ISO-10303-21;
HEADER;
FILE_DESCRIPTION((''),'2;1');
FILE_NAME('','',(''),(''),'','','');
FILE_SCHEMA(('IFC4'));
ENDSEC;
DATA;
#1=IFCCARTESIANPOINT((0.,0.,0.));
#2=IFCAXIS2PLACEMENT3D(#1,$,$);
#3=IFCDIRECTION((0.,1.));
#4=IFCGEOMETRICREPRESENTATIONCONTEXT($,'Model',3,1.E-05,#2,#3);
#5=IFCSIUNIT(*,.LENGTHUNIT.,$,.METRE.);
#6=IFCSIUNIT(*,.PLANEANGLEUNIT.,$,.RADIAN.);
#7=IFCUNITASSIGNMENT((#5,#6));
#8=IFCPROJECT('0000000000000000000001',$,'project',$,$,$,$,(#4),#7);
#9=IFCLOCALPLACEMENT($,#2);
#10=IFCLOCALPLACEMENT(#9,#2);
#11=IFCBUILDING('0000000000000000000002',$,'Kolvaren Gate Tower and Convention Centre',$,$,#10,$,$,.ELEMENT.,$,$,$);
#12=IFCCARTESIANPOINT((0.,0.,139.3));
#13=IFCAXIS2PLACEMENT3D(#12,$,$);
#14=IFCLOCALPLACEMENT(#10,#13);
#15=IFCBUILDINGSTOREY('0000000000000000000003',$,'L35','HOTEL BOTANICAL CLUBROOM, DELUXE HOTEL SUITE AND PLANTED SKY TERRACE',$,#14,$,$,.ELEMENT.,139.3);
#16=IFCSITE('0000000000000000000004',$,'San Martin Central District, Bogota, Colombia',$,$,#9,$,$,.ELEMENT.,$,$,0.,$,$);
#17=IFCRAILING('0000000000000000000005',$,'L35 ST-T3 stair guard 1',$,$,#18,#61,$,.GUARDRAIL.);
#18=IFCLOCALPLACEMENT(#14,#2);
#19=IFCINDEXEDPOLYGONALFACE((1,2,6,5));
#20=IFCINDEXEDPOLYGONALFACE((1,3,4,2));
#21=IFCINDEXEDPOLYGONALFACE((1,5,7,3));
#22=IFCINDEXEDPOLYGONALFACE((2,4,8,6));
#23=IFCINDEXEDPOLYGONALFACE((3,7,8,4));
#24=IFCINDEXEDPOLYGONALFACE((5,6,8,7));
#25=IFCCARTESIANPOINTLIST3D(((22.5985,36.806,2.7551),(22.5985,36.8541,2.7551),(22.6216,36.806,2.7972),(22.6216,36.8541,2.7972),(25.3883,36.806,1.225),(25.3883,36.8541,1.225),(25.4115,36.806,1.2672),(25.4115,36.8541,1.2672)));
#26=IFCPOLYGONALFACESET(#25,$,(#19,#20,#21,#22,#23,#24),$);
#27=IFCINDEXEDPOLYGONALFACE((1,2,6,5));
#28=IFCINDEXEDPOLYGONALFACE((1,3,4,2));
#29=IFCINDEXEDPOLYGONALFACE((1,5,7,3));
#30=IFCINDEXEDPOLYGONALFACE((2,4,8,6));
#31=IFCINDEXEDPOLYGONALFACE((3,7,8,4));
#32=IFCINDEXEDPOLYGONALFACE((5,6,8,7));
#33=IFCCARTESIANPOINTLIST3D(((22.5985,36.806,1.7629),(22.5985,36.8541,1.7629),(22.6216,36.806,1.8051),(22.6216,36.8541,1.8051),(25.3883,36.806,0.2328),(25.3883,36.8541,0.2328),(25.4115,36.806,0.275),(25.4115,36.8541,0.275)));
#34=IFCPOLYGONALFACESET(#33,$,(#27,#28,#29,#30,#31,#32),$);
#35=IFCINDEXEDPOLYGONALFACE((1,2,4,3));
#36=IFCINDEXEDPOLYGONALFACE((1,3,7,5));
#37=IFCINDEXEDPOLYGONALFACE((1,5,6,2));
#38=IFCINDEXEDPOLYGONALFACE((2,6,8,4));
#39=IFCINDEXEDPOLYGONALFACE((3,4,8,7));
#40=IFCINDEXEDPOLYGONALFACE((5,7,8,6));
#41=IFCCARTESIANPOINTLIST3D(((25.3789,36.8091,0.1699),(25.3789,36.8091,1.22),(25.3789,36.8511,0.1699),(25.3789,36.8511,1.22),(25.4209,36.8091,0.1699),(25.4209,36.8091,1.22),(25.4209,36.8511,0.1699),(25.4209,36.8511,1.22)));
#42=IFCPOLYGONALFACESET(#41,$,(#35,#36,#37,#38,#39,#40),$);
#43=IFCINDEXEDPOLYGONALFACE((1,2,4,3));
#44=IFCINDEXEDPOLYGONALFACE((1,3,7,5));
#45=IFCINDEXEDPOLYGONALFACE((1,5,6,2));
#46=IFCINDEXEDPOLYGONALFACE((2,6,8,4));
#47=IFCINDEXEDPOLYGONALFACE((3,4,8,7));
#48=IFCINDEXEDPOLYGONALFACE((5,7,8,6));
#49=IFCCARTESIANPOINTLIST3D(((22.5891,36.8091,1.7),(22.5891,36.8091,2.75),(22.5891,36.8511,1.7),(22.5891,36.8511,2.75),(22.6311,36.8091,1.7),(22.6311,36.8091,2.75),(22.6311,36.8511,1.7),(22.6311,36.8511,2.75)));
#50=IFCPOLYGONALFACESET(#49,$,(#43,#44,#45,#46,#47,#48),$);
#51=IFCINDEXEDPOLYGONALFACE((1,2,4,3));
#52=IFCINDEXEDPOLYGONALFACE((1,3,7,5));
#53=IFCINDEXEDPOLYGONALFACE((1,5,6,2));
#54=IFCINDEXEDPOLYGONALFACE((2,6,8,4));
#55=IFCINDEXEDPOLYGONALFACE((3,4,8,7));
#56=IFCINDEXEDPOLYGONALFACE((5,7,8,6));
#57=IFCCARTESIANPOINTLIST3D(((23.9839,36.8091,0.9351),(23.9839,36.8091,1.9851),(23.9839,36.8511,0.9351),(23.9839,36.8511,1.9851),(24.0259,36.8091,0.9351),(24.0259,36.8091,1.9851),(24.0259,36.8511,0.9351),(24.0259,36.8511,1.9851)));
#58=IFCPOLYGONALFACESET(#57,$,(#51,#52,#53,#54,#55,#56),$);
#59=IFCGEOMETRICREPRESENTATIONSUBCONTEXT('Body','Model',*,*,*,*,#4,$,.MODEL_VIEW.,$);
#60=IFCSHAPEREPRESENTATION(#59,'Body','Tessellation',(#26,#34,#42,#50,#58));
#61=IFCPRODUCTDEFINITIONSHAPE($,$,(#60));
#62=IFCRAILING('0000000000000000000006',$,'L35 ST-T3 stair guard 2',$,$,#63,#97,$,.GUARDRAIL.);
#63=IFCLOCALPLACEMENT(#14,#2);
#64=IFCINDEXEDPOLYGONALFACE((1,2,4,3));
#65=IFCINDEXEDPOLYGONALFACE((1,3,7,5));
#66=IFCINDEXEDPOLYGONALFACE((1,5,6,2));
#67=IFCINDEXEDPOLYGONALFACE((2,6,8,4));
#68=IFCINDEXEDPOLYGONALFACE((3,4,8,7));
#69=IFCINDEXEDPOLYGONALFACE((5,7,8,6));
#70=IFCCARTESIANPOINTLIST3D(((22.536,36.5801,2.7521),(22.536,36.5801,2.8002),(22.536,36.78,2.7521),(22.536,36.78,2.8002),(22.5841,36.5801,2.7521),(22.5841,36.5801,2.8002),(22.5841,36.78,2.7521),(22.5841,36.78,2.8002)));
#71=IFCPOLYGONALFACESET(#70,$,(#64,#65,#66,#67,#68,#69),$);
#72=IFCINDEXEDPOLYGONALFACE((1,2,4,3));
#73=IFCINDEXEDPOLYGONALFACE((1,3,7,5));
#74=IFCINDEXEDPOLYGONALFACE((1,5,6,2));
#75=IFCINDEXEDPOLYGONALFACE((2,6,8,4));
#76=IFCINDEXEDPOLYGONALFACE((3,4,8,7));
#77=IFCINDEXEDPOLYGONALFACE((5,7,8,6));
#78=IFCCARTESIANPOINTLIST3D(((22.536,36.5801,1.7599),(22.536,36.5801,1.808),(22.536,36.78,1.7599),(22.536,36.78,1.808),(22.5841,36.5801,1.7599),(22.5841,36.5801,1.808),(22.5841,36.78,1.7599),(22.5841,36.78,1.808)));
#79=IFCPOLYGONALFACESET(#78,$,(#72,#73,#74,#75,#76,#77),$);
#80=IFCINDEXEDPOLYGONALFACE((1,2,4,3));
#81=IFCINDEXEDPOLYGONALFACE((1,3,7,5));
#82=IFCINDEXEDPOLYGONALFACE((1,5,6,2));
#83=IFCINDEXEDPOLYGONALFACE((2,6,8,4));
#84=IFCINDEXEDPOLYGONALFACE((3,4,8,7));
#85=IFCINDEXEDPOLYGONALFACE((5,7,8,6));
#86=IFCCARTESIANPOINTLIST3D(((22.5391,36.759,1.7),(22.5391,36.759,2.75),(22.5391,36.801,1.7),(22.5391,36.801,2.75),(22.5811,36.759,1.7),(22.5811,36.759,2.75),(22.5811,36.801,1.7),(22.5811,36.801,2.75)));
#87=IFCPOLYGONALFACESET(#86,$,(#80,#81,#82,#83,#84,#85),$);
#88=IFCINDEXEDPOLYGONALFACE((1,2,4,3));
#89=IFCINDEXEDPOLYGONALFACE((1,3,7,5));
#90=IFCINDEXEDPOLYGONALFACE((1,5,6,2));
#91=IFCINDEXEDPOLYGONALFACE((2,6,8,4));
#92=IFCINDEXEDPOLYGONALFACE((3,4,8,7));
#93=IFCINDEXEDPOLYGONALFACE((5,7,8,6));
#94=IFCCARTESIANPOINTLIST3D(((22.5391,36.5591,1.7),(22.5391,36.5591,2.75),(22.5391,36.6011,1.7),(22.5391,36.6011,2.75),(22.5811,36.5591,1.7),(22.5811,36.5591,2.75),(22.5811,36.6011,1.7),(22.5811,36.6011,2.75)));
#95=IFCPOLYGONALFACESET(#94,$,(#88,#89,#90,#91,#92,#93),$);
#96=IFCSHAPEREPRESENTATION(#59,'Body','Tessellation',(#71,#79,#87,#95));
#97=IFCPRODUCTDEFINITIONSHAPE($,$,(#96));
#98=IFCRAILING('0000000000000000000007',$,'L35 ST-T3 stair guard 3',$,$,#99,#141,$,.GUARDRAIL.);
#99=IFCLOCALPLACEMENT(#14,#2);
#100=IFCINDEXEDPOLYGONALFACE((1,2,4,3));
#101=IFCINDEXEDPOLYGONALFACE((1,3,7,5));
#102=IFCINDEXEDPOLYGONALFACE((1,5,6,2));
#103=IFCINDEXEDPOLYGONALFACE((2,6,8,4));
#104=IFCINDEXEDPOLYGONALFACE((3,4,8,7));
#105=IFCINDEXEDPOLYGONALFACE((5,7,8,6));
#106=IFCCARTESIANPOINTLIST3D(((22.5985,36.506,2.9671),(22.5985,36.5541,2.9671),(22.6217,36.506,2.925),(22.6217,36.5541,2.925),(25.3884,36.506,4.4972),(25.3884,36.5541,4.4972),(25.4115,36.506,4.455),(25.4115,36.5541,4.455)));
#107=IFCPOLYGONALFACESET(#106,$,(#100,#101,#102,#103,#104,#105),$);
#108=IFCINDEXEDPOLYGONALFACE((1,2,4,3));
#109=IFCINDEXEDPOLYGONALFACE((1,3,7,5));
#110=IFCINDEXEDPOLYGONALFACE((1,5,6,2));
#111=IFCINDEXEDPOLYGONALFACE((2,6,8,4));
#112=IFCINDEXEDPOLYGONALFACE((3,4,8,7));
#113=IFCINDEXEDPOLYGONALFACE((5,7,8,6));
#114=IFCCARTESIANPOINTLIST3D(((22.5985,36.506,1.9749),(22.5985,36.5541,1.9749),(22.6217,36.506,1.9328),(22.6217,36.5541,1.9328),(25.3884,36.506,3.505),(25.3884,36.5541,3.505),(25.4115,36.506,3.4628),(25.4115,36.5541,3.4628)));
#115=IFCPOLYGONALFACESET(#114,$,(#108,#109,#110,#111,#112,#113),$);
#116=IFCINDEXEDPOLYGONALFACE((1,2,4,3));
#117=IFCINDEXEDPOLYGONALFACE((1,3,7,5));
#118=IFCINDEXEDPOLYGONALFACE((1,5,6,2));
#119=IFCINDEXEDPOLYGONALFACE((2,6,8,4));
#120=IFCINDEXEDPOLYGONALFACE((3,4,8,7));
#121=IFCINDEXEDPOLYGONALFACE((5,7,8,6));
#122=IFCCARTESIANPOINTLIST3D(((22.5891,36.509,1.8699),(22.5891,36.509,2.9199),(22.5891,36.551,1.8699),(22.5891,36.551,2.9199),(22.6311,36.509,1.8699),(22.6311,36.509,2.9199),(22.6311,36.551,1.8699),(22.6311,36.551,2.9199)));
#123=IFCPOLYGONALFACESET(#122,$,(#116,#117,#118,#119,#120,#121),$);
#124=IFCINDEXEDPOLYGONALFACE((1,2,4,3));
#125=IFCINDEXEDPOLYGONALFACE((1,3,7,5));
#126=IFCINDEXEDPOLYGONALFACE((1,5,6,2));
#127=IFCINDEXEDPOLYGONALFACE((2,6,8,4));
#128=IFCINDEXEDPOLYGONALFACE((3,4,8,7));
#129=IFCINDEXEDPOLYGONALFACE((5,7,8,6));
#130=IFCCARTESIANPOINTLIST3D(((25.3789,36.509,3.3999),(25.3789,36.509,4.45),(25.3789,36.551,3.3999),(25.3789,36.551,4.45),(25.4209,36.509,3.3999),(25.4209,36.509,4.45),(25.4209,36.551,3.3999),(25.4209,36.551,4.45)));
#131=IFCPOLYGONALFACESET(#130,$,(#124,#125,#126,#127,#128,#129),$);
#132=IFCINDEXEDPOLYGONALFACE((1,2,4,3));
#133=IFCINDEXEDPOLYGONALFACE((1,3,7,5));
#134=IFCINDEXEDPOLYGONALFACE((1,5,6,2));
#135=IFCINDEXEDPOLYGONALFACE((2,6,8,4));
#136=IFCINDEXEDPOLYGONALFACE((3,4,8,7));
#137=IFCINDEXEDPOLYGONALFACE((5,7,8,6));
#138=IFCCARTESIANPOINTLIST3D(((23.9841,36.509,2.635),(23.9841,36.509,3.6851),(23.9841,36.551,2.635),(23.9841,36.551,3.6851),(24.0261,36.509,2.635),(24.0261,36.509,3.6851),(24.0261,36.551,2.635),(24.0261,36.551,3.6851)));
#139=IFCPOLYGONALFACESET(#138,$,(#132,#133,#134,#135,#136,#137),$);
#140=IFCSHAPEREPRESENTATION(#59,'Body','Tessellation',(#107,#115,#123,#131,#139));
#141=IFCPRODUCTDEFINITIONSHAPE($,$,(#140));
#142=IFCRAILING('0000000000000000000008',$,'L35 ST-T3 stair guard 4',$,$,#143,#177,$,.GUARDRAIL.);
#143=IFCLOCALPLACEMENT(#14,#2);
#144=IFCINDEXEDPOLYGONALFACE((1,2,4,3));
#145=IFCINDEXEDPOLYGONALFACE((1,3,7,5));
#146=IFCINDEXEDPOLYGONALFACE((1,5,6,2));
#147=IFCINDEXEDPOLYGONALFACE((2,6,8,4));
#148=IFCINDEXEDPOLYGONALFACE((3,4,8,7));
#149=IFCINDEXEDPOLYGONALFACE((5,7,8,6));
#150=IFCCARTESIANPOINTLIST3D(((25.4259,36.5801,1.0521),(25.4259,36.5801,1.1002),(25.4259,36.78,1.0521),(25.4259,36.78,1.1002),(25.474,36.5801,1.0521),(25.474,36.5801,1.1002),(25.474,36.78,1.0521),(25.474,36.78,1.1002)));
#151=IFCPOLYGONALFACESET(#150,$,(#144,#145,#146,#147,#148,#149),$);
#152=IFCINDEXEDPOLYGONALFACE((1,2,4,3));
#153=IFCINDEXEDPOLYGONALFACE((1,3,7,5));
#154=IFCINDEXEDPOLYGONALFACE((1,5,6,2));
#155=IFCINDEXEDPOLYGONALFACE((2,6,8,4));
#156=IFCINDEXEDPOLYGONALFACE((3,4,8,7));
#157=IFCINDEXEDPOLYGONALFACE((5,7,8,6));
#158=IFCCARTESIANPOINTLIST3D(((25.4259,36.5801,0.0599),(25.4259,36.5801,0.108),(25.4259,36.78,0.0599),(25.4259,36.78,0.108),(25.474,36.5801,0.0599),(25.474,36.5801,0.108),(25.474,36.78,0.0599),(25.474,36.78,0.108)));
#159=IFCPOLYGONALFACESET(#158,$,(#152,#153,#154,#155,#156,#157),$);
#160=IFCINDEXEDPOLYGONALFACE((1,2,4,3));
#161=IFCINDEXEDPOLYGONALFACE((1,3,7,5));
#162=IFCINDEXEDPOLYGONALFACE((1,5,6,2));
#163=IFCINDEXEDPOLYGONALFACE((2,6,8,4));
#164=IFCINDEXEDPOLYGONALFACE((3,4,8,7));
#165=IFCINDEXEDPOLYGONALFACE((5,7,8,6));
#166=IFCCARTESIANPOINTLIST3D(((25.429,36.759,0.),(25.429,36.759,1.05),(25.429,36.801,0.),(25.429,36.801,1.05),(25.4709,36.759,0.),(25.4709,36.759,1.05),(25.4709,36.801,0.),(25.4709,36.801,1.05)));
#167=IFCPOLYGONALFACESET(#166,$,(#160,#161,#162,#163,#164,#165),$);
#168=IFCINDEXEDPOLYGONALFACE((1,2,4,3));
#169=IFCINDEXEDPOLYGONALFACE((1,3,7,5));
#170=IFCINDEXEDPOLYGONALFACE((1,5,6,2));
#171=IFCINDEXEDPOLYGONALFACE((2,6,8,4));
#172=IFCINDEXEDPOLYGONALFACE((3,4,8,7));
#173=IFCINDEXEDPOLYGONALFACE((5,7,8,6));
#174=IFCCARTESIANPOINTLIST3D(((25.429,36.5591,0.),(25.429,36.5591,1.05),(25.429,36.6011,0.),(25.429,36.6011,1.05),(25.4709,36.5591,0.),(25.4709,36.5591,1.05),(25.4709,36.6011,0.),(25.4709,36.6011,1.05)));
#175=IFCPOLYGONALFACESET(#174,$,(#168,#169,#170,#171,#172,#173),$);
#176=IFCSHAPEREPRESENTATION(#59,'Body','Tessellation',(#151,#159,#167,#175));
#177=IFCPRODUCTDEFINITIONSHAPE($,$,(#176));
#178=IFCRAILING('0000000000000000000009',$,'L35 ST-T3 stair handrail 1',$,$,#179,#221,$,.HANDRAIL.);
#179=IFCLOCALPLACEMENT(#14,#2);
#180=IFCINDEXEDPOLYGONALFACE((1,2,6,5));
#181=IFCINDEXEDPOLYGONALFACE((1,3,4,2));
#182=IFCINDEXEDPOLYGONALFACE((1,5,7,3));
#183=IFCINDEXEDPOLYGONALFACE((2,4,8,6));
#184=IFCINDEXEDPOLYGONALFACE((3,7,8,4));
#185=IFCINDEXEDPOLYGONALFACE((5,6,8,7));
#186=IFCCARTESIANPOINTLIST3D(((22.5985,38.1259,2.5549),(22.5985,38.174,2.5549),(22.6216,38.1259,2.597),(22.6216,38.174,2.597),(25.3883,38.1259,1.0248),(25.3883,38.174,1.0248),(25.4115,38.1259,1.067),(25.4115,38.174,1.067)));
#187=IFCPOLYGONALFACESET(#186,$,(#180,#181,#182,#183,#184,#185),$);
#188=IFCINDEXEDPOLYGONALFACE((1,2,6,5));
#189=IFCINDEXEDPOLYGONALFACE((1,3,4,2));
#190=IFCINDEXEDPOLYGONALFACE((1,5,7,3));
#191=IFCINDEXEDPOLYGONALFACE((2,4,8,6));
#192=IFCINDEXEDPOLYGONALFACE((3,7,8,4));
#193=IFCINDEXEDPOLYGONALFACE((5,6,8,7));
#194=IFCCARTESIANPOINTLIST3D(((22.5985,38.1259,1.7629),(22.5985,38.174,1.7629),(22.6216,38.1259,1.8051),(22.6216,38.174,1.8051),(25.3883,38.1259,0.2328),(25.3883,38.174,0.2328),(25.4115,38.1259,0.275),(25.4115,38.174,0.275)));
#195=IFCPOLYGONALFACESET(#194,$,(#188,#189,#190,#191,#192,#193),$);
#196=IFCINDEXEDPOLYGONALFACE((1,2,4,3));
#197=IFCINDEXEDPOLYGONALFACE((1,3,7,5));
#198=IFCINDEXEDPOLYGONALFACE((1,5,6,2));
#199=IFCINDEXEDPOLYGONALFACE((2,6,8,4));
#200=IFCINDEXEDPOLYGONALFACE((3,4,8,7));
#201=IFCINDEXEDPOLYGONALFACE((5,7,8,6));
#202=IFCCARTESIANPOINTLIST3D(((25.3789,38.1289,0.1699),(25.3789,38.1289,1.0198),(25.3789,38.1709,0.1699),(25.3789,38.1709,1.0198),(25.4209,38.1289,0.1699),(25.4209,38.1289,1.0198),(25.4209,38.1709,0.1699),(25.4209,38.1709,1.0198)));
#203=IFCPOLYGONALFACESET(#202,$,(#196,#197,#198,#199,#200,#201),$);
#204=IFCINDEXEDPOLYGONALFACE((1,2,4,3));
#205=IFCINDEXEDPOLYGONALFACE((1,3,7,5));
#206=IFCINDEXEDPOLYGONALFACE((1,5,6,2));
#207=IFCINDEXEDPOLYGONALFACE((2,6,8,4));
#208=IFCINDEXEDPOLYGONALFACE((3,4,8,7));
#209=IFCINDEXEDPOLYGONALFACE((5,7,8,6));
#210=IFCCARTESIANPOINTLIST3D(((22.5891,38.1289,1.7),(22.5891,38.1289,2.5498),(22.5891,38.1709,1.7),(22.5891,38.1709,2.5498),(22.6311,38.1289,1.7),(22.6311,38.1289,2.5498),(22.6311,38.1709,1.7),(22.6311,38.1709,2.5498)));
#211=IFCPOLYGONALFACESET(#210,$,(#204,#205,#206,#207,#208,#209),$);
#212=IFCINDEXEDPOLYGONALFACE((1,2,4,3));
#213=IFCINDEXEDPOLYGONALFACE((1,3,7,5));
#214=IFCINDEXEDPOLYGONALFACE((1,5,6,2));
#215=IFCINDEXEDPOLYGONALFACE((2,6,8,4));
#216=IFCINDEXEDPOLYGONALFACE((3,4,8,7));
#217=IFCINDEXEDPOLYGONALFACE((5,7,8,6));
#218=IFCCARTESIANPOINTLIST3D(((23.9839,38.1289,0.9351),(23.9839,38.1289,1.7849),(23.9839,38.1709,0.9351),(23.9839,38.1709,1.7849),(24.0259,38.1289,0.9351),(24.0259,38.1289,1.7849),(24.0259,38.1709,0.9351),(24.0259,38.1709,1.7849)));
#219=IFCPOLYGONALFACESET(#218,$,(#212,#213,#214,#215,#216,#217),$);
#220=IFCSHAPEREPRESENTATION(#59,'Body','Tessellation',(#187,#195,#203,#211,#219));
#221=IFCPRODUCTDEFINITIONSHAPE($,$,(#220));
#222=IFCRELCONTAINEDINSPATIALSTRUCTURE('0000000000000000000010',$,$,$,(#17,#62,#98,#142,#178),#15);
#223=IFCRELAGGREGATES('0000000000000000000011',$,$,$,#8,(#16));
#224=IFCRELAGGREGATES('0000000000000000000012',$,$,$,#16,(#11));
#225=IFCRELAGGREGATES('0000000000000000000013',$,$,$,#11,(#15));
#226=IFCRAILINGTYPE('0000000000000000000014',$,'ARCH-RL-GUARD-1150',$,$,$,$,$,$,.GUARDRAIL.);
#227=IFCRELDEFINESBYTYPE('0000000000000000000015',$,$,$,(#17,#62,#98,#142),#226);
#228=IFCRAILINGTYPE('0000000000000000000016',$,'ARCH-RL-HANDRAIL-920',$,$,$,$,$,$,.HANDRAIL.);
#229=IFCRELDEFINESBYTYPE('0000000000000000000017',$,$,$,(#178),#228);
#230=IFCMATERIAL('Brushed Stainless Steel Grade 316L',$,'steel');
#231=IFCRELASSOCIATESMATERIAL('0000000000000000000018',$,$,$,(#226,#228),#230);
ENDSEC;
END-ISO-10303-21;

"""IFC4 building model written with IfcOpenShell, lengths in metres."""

from ifc_helpers import new_model, si_unit, direction, frame, origin, origin_2d, place, context, subcontext, project, spatial, rectangle, extrude, material, type_object, element, save


model = new_model("IFC4")

# Units and contexts
model_context = context("Model", 3, precision=1e-05, world=origin(), true_north=direction((0.0, 1.0)))
body_context = subcontext(model_context, "Body", "Model", "MODEL_VIEW")
ifc_project = project(units=[si_unit("LENGTHUNIT", "METRE"), si_unit("PLANEANGLEUNIT", "RADIAN")], contexts=[model_context])

# Site, building, storey
site_placement = place(None, origin())
site = spatial("IfcSite", under=ifc_project, at=site_placement, Name="San Martin Central District, Bogota, Colombia", CompositionType="ELEMENT", RefElevation=0.0)
building_placement = place(site_placement, origin())
building = spatial("IfcBuilding", under=site, at=building_placement, Name="Kolvaren Gate Tower and Convention Centre", CompositionType="ELEMENT")
storey_placement = place(building_placement, frame((0.0, 0.0, 139.3)))
storey = spatial("IfcBuildingStorey", under=building, at=storey_placement, Name="L35", Description="HOTEL BOTANICAL CLUBROOM, DELUXE HOTEL SUITE AND PLANTED SKY TERRACE", CompositionType="ELEMENT", Elevation=139.3)

# Railings
ifc_material_1 = material(Name="Brushed Stainless Steel Grade 316L", Category="steel")
railing_type_1 = type_object("IfcRailingType", Name="ARCH-RL-GUARD-1150", PredefinedType="GUARDRAIL", material=ifc_material_1)
railing_1_placement = place(storey_placement, frame((25.3999, 36.8301, 0.1699)))
element("IfcRailing", 1, at=railing_1_placement, inside=storey, type_object=railing_type_1, Name="L35 ST-T3 stair guard 1", PredefinedType="GUARDRAIL", context=body_context, shape_type="SweptSolid", body=[
    extrude(rectangle(XDim=0.0481, YDim=0.0481, at=origin_2d()), frame((0.0, 0.0, 1.0762), z_axis=(-0.876794, 0.0, 0.480867), x_axis=(0.0, -1.0, 0.0)), (0.0, 0.0, 1.0), 3.1819),
    extrude(rectangle(XDim=0.0481, YDim=0.0481, at=origin_2d()), frame((0.0, 0.0, 0.084), z_axis=(-0.876794, 0.0, 0.480867), x_axis=(0.0, -1.0, 0.0)), (0.0, 0.0, 1.0), 3.1819),
    extrude(rectangle(XDim=0.042, YDim=0.042, at=origin_2d()), origin(), (0.0, 0.0, 1.0), 1.05),
    extrude(rectangle(XDim=0.042, YDim=0.042, at=origin_2d()), frame((-2.7898, 0.0, 1.53)), (0.0, 0.0, 1.0), 1.05),
    extrude(rectangle(XDim=0.042, YDim=0.042, at=origin_2d()), frame((-1.395, 0.0, 0.7651)), (0.0, 0.0, 1.0), 1.05),
])
railing_2_placement = place(storey_placement, frame((22.5601, 36.78, 1.7)))
element("IfcRailing", 2, at=railing_2_placement, inside=storey, type_object=railing_type_1, Name="L35 ST-T3 stair guard 2", PredefinedType="GUARDRAIL", context=body_context, shape_type="SweptSolid", body=[
    extrude(rectangle(XDim=0.0481, YDim=0.0481, at=origin_2d()), frame((0.0, 0.0, 1.0762), z_axis=(0.0, -1.0, 0.0), x_axis=(1.0, 0.0, 0.0)), (0.0, 0.0, 1.0), 0.2),
    extrude(rectangle(XDim=0.0481, YDim=0.0481, at=origin_2d()), frame((0.0, 0.0, 0.084), z_axis=(0.0, -1.0, 0.0), x_axis=(1.0, 0.0, 0.0)), (0.0, 0.0, 1.0), 0.2),
    extrude(rectangle(XDim=0.042, YDim=0.042, at=origin_2d()), origin(), (0.0, 0.0, 1.0), 1.05),
    extrude(rectangle(XDim=0.042, YDim=0.042, at=origin_2d()), frame((0.0, -0.2, 0.0)), (0.0, 0.0, 1.0), 1.05),
])
railing_3_placement = place(storey_placement, frame((22.6101, 36.53, 1.8699)))
element("IfcRailing", 3, at=railing_3_placement, inside=storey, type_object=railing_type_1, Name="L35 ST-T3 stair guard 3", PredefinedType="GUARDRAIL", context=body_context, shape_type="SweptSolid", body=[
    extrude(rectangle(XDim=0.0481, YDim=0.0481, at=origin_2d()), frame((0.0, 0.0, 1.0762), z_axis=(0.876794, 0.0, 0.480867), x_axis=(0.0, 1.0, 0.0)), (0.0, 0.0, 1.0), 3.1819),
    extrude(rectangle(XDim=0.0481, YDim=0.0481, at=origin_2d()), frame((0.0, 0.0, 0.084), z_axis=(0.876794, 0.0, 0.480867), x_axis=(0.0, 1.0, 0.0)), (0.0, 0.0, 1.0), 3.1819),
    extrude(rectangle(XDim=0.042, YDim=0.042, at=origin_2d()), origin(), (0.0, 0.0, 1.0), 1.05),
    extrude(rectangle(XDim=0.042, YDim=0.042, at=origin_2d()), frame((2.7898, 0.0, 1.53)), (0.0, 0.0, 1.0), 1.05),
    extrude(rectangle(XDim=0.042, YDim=0.042, at=origin_2d()), frame((1.395, 0.0, 0.7651)), (0.0, 0.0, 1.0), 1.05),
])
railing_4_placement = place(storey_placement, frame((25.45, 36.78, 0.0)))
element("IfcRailing", 4, at=railing_4_placement, inside=storey, type_object=railing_type_1, Name="L35 ST-T3 stair guard 4", PredefinedType="GUARDRAIL", context=body_context, shape_type="SweptSolid", body=[
    extrude(rectangle(XDim=0.0481, YDim=0.0481, at=origin_2d()), frame((0.0, 0.0, 1.0762), z_axis=(0.0, -1.0, 0.0), x_axis=(1.0, 0.0, 0.0)), (0.0, 0.0, 1.0), 0.2),
    extrude(rectangle(XDim=0.0481, YDim=0.0481, at=origin_2d()), frame((0.0, 0.0, 0.084), z_axis=(0.0, -1.0, 0.0), x_axis=(1.0, 0.0, 0.0)), (0.0, 0.0, 1.0), 0.2),
    extrude(rectangle(XDim=0.042, YDim=0.042, at=origin_2d()), origin(), (0.0, 0.0, 1.0), 1.05),
    extrude(rectangle(XDim=0.042, YDim=0.042, at=origin_2d()), frame((0.0, -0.2, 0.0)), (0.0, 0.0, 1.0), 1.05),
])
railing_type_2 = type_object("IfcRailingType", Name="ARCH-RL-HANDRAIL-920", PredefinedType="HANDRAIL", material=ifc_material_1)
railing_5_placement = place(storey_placement, frame((25.3999, 38.1499, 0.1699)))
element("IfcRailing", 5, at=railing_5_placement, inside=storey, type_object=railing_type_2, Name="L35 ST-T3 stair handrail 1", PredefinedType="HANDRAIL", context=body_context, shape_type="SweptSolid", body=[
    extrude(rectangle(XDim=0.0481, YDim=0.0481, at=origin_2d()), frame((0.0, 0.0, 0.876), z_axis=(-0.876794, 0.0, 0.480867), x_axis=(0.0, -1.0, 0.0)), (0.0, 0.0, 1.0), 3.1819),
    extrude(rectangle(XDim=0.0481, YDim=0.0481, at=origin_2d()), frame((0.0, 0.0, 0.084), z_axis=(-0.876794, 0.0, 0.480867), x_axis=(0.0, -1.0, 0.0)), (0.0, 0.0, 1.0), 3.1819),
    extrude(rectangle(XDim=0.042, YDim=0.042, at=origin_2d()), origin(), (0.0, 0.0, 1.0), 0.8499),
    extrude(rectangle(XDim=0.042, YDim=0.042, at=origin_2d()), frame((-2.7898, 0.0, 1.53)), (0.0, 0.0, 1.0), 0.8499),
    extrude(rectangle(XDim=0.042, YDim=0.042, at=origin_2d()), frame((-1.395, 0.0, 0.7651)), (0.0, 0.0, 1.0), 0.8499),
])

save(model, "model.ifc")
